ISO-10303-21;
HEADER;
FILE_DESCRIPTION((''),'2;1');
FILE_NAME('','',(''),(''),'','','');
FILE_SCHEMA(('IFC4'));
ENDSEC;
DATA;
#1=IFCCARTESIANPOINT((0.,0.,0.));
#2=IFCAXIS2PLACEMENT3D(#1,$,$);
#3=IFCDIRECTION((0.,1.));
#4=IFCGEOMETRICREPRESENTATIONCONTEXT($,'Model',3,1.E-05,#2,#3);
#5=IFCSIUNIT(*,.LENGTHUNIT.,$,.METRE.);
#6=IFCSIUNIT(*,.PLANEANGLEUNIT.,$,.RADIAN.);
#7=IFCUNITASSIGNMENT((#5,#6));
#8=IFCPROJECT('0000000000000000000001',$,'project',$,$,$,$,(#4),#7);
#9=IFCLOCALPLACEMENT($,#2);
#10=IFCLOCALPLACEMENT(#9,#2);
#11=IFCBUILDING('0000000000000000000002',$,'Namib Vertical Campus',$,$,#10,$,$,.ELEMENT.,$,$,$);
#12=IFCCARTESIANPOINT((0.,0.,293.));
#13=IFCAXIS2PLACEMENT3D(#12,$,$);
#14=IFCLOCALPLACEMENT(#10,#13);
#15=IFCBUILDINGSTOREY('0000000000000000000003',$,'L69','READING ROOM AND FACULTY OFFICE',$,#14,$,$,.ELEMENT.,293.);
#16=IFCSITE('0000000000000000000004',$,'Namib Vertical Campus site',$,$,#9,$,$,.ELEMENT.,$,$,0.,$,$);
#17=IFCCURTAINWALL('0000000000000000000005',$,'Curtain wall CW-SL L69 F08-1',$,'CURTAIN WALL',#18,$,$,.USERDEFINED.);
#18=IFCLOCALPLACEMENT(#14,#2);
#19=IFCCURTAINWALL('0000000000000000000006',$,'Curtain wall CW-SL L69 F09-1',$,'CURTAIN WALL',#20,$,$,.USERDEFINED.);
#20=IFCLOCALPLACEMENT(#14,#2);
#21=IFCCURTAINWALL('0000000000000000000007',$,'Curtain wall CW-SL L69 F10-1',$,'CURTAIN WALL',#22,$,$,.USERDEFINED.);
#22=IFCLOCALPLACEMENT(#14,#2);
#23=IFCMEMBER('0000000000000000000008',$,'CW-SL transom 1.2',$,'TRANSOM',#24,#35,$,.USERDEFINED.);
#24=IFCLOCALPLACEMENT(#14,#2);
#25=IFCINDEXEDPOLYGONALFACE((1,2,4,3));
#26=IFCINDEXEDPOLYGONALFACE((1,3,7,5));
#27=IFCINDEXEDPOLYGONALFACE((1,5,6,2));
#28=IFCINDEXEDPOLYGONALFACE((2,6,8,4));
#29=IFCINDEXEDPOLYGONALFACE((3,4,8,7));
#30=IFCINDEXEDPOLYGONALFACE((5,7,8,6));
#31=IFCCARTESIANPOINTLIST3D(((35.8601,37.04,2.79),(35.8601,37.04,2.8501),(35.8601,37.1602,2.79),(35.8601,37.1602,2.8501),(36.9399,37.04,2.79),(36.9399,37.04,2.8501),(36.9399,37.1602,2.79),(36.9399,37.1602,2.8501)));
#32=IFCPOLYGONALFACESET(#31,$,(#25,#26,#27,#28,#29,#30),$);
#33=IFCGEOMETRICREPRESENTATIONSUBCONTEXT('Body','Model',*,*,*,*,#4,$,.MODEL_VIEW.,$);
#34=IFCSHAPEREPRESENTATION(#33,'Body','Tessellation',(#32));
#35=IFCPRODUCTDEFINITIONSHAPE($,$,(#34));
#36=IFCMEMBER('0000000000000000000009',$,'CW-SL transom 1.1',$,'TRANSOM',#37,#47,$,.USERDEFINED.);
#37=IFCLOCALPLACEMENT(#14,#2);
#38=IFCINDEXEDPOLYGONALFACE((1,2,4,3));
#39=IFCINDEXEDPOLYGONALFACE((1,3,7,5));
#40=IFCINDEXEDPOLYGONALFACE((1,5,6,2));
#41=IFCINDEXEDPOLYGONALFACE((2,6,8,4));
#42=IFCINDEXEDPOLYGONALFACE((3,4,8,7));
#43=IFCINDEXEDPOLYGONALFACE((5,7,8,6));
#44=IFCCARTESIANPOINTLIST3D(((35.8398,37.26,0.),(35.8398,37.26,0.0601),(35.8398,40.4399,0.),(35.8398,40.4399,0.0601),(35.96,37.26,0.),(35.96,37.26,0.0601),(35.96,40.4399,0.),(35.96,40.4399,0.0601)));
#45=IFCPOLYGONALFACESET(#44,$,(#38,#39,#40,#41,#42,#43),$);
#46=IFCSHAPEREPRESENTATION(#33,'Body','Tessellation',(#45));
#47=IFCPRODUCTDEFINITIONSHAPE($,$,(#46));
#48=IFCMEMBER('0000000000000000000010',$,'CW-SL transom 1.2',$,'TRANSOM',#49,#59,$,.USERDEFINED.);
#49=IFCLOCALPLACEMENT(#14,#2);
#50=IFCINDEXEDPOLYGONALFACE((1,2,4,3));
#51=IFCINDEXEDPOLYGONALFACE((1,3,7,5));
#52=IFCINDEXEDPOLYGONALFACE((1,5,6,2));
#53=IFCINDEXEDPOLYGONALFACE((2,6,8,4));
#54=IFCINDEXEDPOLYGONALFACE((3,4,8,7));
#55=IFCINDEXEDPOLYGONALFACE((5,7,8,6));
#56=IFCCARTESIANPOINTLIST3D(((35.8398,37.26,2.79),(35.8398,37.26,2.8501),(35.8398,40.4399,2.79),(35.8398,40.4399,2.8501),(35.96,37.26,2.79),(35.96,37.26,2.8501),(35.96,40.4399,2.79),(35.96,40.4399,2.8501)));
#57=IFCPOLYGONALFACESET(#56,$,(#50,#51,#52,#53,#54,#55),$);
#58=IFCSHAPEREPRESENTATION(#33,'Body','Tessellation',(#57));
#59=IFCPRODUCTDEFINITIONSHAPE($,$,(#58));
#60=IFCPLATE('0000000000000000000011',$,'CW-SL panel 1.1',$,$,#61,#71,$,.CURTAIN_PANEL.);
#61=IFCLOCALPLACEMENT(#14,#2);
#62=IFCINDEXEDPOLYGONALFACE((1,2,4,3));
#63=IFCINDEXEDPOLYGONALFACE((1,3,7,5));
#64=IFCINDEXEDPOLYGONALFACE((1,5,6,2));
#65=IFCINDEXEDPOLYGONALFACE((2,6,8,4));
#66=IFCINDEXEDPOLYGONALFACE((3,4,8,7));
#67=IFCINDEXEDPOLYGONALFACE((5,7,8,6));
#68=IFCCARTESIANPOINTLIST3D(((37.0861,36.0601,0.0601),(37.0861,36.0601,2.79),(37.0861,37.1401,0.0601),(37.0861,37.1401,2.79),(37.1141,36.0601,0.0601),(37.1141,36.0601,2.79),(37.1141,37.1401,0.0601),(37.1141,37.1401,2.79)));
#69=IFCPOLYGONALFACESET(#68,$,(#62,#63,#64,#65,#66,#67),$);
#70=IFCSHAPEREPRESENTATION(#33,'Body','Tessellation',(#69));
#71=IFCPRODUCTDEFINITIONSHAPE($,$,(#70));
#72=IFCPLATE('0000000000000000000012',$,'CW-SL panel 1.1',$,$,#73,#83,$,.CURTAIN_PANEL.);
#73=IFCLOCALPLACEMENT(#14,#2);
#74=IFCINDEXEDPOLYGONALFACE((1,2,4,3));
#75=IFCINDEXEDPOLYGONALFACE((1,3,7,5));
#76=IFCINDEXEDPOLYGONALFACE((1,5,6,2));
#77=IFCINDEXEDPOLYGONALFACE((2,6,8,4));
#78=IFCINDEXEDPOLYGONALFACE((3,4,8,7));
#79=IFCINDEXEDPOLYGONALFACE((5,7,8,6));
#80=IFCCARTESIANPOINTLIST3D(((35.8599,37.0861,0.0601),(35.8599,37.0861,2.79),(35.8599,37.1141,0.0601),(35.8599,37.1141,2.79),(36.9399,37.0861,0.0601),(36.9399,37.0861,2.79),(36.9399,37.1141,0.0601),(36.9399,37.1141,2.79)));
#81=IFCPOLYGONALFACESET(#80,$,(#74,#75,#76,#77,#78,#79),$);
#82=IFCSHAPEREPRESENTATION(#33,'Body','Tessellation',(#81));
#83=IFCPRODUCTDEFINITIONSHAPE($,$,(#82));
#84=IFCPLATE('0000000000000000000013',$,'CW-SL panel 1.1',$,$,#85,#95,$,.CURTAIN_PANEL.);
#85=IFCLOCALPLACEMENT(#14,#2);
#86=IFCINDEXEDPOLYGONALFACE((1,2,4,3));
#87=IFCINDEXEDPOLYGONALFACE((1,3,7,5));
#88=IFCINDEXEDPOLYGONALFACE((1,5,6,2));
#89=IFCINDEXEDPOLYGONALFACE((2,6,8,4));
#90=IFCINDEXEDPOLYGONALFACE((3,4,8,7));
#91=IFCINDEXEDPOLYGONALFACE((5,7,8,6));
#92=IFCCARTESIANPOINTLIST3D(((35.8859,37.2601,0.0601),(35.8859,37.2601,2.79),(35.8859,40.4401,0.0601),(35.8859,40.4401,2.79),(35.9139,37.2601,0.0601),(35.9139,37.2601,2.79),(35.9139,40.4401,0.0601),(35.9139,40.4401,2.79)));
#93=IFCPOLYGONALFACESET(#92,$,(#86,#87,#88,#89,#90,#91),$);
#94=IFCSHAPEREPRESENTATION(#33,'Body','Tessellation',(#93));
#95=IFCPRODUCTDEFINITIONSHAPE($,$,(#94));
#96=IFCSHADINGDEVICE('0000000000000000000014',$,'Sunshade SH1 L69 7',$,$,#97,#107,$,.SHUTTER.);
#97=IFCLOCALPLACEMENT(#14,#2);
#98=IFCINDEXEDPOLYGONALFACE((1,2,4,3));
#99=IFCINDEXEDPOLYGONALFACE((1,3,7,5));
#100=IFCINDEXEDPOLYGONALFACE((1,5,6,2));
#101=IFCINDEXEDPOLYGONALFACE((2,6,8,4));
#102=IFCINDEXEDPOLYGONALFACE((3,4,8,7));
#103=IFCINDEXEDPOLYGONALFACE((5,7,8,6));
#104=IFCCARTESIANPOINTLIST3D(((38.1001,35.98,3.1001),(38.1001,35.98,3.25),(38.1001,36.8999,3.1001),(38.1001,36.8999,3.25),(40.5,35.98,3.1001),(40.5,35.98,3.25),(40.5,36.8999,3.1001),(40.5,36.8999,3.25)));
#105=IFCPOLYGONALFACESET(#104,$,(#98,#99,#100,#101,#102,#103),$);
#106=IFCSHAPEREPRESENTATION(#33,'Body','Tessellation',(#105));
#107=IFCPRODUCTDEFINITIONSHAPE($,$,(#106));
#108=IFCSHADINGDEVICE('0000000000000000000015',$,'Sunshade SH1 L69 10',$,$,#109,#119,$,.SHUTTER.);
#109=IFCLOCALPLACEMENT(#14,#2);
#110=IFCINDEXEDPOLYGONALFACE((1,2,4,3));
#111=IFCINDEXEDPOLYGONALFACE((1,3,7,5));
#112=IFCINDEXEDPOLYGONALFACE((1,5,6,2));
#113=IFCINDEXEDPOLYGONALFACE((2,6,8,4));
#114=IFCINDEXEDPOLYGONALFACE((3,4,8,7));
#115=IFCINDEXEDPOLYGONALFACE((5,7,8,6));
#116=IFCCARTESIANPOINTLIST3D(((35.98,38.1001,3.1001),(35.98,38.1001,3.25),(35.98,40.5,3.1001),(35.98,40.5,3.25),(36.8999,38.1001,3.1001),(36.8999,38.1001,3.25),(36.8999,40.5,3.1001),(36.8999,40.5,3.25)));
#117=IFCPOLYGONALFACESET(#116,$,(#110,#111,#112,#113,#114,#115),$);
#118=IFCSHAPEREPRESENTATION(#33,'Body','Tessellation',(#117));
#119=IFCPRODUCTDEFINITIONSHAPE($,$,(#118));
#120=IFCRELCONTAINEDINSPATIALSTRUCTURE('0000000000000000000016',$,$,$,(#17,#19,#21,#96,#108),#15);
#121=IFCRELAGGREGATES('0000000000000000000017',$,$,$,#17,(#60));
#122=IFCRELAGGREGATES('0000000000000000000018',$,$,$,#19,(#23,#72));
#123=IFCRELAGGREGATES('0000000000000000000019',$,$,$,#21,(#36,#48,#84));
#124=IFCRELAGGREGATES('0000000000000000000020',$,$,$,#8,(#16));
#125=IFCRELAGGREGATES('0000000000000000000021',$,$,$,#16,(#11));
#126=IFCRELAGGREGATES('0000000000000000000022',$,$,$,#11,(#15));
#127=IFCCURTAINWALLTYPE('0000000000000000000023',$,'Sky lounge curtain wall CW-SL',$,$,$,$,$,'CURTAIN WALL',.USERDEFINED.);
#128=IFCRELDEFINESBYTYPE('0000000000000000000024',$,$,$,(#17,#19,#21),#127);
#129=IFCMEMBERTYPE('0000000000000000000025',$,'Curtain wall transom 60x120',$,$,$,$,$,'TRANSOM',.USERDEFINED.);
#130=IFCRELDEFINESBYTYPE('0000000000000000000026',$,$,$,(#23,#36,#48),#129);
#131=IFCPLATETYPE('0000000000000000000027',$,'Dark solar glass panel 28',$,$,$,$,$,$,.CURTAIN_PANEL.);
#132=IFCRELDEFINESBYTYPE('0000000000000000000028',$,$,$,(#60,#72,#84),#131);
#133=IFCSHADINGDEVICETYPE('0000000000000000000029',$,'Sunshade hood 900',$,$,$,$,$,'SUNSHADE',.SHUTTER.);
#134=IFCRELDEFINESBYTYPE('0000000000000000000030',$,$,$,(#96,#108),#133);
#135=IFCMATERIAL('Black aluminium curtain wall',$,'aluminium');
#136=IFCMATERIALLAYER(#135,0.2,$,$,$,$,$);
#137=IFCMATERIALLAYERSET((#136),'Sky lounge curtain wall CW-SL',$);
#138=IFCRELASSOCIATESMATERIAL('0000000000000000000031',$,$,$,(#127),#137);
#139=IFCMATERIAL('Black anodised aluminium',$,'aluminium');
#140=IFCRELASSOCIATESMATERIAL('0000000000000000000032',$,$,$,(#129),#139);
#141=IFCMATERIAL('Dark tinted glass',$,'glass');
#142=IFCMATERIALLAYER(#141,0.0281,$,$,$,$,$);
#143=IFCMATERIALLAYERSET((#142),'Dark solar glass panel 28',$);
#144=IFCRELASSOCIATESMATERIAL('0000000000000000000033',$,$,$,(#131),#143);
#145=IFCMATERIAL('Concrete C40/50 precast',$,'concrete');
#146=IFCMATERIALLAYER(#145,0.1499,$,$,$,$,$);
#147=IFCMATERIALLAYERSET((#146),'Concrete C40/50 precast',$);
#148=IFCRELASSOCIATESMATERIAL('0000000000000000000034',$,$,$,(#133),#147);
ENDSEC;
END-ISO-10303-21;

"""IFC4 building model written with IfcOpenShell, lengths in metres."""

from ifc_helpers import new_model, si_unit, direction, frame, origin, origin_2d, place, context, subcontext, project, spatial, rectangle, extrude, material, layer, layer_set, material_profile, profile_set, type_object, element, aggregate, save


model = new_model("IFC4")

# Units and contexts
model_context = context("Model", 3, precision=1e-05, world=origin(), true_north=direction((0.0, 1.0)))
body_context = subcontext(model_context, "Body", "Model", "MODEL_VIEW")
ifc_project = project(units=[si_unit("LENGTHUNIT", "METRE"), si_unit("PLANEANGLEUNIT", "RADIAN")], contexts=[model_context])

# Site, building, storey
site_placement = place(None, origin())
site = spatial("IfcSite", under=ifc_project, at=site_placement, Name="Namib Vertical Campus site", CompositionType="ELEMENT", RefElevation=0.0)
building_placement = place(site_placement, origin())
building = spatial("IfcBuilding", under=site, at=building_placement, Name="Namib Vertical Campus", CompositionType="ELEMENT")
storey_placement = place(building_placement, frame((0.0, 0.0, 293.0)))
storey = spatial("IfcBuildingStorey", under=building, at=storey_placement, Name="L69", Description="READING ROOM AND FACULTY OFFICE", CompositionType="ELEMENT", Elevation=293.0)

# Shared definitions
ifc_material_1 = material(Name="Black aluminium curtain wall", Category="aluminium")
ifc_layer_1 = layer(ifc_material_1, 0.2)
ifc_layer_set_1 = layer_set([ifc_layer_1], Name="Sky lounge curtain wall CW-SL")
curtain_wall_type = type_object("IfcCurtainWallType", Name="Sky lounge curtain wall CW-SL", ElementType="CURTAIN WALL", PredefinedType="USERDEFINED", material=ifc_layer_set_1)

# Curtain walls
curtain_wall_1_placement = place(storey_placement, origin())
curtain_wall_1 = element("IfcCurtainWall", 1, at=curtain_wall_1_placement, inside=storey, type_object=curtain_wall_type, Name="Curtain wall CW-SL L69 F08-1", ObjectType="CURTAIN WALL", PredefinedType="USERDEFINED")
curtain_wall_2_placement = place(storey_placement, origin())
curtain_wall_2 = element("IfcCurtainWall", 2, at=curtain_wall_2_placement, inside=storey, type_object=curtain_wall_type, Name="Curtain wall CW-SL L69 F09-1", ObjectType="CURTAIN WALL", PredefinedType="USERDEFINED")
curtain_wall_3_placement = place(storey_placement, origin())
curtain_wall_3 = element("IfcCurtainWall", 3, at=curtain_wall_3_placement, inside=storey, type_object=curtain_wall_type, Name="Curtain wall CW-SL L69 F10-1", ObjectType="CURTAIN WALL", PredefinedType="USERDEFINED")

# Members
ifc_material_2 = material(Name="Black anodised aluminium", Category="aluminium")
ifc_material_profile_1 = material_profile(ifc_material_2, rectangle(XDim=0.0601, YDim=0.1201, at=origin_2d()))
ifc_profile_set_1 = profile_set([ifc_material_profile_1], Name="Black anodised aluminium")
member_type_1 = type_object("IfcMemberType", Name="Curtain wall transom 60x120", ElementType="TRANSOM", PredefinedType="USERDEFINED", material=ifc_profile_set_1)
member_1_placement = place(storey_placement, frame((36.9399, 37.1001, 2.8201), z_axis=(-1.0, 0.0, 0.0), x_axis=(0.0, 0.0, 1.0)))
member_1 = element("IfcMember", 4, at=member_1_placement, type_object=member_type_1, Name="CW-SL transom 1.2", ObjectType="TRANSOM", PredefinedType="USERDEFINED", context=body_context, shape_type="SweptSolid", body=[
    extrude(rectangle(XDim=0.0601, YDim=0.1201, at=origin_2d()), origin(), (0.0, 0.0, 1.0), 1.0798),
])
member_2_placement = place(storey_placement, frame((35.8999, 37.26, 0.03), z_axis=(0.0, 1.0, 0.0), x_axis=(0.0, 0.0, 1.0)))
member_2 = element("IfcMember", 5, at=member_2_placement, type_object=member_type_1, Name="CW-SL transom 1.1", ObjectType="TRANSOM", PredefinedType="USERDEFINED", context=body_context, shape_type="SweptSolid", body=[
    extrude(rectangle(XDim=0.0601, YDim=0.1201, at=origin_2d()), origin(), (0.0, 0.0, 1.0), 3.1799),
])
member_3_placement = place(storey_placement, frame((35.8999, 37.26, 2.8201), z_axis=(0.0, 1.0, 0.0), x_axis=(0.0, 0.0, 1.0)))
member_3 = element("IfcMember", 6, at=member_3_placement, type_object=member_type_1, Name="CW-SL transom 1.2", ObjectType="TRANSOM", PredefinedType="USERDEFINED", context=body_context, shape_type="SweptSolid", body=[
    extrude(rectangle(XDim=0.0601, YDim=0.1201, at=origin_2d()), origin(), (0.0, 0.0, 1.0), 3.1799),
])

# Plates
ifc_material_3 = material(Name="Dark tinted glass", Category="glass")
ifc_layer_2 = layer(ifc_material_3, 0.0281)
ifc_layer_set_2 = layer_set([ifc_layer_2], Name="Dark solar glass panel 28")
plate_type = type_object("IfcPlateType", Name="Dark solar glass panel 28", PredefinedType="CURTAIN_PANEL", material=ifc_layer_set_2)
plate_1_placement = place(storey_placement, frame((37.1001, 36.6001, 0.0601), z_axis=(0.0, 0.0, 1.0), x_axis=(0.0, 1.0, 0.0)))
plate_1 = element("IfcPlate", 7, at=plate_1_placement, type_object=plate_type, Name="CW-SL panel 1.1", PredefinedType="CURTAIN_PANEL", context=body_context, shape_type="SweptSolid", body=[
    extrude(rectangle(XDim=1.0801, YDim=0.0281, at=origin_2d()), origin(), (0.0, 0.0, 1.0), 2.73),
])
aggregate(curtain_wall_1, [plate_1])
plate_2_placement = place(storey_placement, frame((36.3999, 37.1001, 0.0601), z_axis=(0.0, 0.0, 1.0), x_axis=(-1.0, 0.0, 0.0)))
plate_2 = element("IfcPlate", 8, at=plate_2_placement, type_object=plate_type, Name="CW-SL panel 1.1", PredefinedType="CURTAIN_PANEL", context=body_context, shape_type="SweptSolid", body=[
    extrude(rectangle(XDim=1.0801, YDim=0.0281, at=origin_2d()), origin(), (0.0, 0.0, 1.0), 2.73),
])
aggregate(curtain_wall_2, [member_1, plate_2])
plate_3_placement = place(storey_placement, frame((35.8999, 38.8501, 0.0601), z_axis=(0.0, 0.0, 1.0), x_axis=(0.0, 1.0, 0.0)))
plate_3 = element("IfcPlate", 9, at=plate_3_placement, type_object=plate_type, Name="CW-SL panel 1.1", PredefinedType="CURTAIN_PANEL", context=body_context, shape_type="SweptSolid", body=[
    extrude(rectangle(XDim=3.1799, YDim=0.0281, at=origin_2d()), origin(), (0.0, 0.0, 1.0), 2.73),
])
aggregate(curtain_wall_3, [member_2, member_3, plate_3])

# Shading devices
ifc_material_4 = material(Name="Concrete C40/50 precast", Category="concrete")
ifc_layer_3 = layer(ifc_material_4, 0.1499)
ifc_layer_set_3 = layer_set([ifc_layer_3], Name="Concrete C40/50 precast")
shading_device_type = type_object("IfcShadingDeviceType", Name="Sunshade hood 900", ElementType="SUNSHADE", PredefinedType="SHUTTER", material=ifc_layer_set_3)
for number, where, z_axis, x_axis, name in (
    (10, (39.3, 36.4399, 3.1001), (0.0, 0.0, 1.0), (-1.0, 0.0, 0.0), "Sunshade SH1 L69 7"),
    (11, (36.4399, 39.3, 3.1001), (0.0, 0.0, 1.0), (0.0, 1.0, 0.0), "Sunshade SH1 L69 10"),
):
    element("IfcShadingDevice", number, at=place(storey_placement, frame(where, z_axis=z_axis, x_axis=x_axis)), inside=storey, type_object=shading_device_type, Name=name, PredefinedType="SHUTTER", context=body_context, shape_type="SweptSolid", body=[
        extrude(rectangle(XDim=2.3999, YDim=0.9199, at=origin_2d()), origin(), (0.0, 0.0, 1.0), 0.1499),
    ])

save(model, "model.ifc")
